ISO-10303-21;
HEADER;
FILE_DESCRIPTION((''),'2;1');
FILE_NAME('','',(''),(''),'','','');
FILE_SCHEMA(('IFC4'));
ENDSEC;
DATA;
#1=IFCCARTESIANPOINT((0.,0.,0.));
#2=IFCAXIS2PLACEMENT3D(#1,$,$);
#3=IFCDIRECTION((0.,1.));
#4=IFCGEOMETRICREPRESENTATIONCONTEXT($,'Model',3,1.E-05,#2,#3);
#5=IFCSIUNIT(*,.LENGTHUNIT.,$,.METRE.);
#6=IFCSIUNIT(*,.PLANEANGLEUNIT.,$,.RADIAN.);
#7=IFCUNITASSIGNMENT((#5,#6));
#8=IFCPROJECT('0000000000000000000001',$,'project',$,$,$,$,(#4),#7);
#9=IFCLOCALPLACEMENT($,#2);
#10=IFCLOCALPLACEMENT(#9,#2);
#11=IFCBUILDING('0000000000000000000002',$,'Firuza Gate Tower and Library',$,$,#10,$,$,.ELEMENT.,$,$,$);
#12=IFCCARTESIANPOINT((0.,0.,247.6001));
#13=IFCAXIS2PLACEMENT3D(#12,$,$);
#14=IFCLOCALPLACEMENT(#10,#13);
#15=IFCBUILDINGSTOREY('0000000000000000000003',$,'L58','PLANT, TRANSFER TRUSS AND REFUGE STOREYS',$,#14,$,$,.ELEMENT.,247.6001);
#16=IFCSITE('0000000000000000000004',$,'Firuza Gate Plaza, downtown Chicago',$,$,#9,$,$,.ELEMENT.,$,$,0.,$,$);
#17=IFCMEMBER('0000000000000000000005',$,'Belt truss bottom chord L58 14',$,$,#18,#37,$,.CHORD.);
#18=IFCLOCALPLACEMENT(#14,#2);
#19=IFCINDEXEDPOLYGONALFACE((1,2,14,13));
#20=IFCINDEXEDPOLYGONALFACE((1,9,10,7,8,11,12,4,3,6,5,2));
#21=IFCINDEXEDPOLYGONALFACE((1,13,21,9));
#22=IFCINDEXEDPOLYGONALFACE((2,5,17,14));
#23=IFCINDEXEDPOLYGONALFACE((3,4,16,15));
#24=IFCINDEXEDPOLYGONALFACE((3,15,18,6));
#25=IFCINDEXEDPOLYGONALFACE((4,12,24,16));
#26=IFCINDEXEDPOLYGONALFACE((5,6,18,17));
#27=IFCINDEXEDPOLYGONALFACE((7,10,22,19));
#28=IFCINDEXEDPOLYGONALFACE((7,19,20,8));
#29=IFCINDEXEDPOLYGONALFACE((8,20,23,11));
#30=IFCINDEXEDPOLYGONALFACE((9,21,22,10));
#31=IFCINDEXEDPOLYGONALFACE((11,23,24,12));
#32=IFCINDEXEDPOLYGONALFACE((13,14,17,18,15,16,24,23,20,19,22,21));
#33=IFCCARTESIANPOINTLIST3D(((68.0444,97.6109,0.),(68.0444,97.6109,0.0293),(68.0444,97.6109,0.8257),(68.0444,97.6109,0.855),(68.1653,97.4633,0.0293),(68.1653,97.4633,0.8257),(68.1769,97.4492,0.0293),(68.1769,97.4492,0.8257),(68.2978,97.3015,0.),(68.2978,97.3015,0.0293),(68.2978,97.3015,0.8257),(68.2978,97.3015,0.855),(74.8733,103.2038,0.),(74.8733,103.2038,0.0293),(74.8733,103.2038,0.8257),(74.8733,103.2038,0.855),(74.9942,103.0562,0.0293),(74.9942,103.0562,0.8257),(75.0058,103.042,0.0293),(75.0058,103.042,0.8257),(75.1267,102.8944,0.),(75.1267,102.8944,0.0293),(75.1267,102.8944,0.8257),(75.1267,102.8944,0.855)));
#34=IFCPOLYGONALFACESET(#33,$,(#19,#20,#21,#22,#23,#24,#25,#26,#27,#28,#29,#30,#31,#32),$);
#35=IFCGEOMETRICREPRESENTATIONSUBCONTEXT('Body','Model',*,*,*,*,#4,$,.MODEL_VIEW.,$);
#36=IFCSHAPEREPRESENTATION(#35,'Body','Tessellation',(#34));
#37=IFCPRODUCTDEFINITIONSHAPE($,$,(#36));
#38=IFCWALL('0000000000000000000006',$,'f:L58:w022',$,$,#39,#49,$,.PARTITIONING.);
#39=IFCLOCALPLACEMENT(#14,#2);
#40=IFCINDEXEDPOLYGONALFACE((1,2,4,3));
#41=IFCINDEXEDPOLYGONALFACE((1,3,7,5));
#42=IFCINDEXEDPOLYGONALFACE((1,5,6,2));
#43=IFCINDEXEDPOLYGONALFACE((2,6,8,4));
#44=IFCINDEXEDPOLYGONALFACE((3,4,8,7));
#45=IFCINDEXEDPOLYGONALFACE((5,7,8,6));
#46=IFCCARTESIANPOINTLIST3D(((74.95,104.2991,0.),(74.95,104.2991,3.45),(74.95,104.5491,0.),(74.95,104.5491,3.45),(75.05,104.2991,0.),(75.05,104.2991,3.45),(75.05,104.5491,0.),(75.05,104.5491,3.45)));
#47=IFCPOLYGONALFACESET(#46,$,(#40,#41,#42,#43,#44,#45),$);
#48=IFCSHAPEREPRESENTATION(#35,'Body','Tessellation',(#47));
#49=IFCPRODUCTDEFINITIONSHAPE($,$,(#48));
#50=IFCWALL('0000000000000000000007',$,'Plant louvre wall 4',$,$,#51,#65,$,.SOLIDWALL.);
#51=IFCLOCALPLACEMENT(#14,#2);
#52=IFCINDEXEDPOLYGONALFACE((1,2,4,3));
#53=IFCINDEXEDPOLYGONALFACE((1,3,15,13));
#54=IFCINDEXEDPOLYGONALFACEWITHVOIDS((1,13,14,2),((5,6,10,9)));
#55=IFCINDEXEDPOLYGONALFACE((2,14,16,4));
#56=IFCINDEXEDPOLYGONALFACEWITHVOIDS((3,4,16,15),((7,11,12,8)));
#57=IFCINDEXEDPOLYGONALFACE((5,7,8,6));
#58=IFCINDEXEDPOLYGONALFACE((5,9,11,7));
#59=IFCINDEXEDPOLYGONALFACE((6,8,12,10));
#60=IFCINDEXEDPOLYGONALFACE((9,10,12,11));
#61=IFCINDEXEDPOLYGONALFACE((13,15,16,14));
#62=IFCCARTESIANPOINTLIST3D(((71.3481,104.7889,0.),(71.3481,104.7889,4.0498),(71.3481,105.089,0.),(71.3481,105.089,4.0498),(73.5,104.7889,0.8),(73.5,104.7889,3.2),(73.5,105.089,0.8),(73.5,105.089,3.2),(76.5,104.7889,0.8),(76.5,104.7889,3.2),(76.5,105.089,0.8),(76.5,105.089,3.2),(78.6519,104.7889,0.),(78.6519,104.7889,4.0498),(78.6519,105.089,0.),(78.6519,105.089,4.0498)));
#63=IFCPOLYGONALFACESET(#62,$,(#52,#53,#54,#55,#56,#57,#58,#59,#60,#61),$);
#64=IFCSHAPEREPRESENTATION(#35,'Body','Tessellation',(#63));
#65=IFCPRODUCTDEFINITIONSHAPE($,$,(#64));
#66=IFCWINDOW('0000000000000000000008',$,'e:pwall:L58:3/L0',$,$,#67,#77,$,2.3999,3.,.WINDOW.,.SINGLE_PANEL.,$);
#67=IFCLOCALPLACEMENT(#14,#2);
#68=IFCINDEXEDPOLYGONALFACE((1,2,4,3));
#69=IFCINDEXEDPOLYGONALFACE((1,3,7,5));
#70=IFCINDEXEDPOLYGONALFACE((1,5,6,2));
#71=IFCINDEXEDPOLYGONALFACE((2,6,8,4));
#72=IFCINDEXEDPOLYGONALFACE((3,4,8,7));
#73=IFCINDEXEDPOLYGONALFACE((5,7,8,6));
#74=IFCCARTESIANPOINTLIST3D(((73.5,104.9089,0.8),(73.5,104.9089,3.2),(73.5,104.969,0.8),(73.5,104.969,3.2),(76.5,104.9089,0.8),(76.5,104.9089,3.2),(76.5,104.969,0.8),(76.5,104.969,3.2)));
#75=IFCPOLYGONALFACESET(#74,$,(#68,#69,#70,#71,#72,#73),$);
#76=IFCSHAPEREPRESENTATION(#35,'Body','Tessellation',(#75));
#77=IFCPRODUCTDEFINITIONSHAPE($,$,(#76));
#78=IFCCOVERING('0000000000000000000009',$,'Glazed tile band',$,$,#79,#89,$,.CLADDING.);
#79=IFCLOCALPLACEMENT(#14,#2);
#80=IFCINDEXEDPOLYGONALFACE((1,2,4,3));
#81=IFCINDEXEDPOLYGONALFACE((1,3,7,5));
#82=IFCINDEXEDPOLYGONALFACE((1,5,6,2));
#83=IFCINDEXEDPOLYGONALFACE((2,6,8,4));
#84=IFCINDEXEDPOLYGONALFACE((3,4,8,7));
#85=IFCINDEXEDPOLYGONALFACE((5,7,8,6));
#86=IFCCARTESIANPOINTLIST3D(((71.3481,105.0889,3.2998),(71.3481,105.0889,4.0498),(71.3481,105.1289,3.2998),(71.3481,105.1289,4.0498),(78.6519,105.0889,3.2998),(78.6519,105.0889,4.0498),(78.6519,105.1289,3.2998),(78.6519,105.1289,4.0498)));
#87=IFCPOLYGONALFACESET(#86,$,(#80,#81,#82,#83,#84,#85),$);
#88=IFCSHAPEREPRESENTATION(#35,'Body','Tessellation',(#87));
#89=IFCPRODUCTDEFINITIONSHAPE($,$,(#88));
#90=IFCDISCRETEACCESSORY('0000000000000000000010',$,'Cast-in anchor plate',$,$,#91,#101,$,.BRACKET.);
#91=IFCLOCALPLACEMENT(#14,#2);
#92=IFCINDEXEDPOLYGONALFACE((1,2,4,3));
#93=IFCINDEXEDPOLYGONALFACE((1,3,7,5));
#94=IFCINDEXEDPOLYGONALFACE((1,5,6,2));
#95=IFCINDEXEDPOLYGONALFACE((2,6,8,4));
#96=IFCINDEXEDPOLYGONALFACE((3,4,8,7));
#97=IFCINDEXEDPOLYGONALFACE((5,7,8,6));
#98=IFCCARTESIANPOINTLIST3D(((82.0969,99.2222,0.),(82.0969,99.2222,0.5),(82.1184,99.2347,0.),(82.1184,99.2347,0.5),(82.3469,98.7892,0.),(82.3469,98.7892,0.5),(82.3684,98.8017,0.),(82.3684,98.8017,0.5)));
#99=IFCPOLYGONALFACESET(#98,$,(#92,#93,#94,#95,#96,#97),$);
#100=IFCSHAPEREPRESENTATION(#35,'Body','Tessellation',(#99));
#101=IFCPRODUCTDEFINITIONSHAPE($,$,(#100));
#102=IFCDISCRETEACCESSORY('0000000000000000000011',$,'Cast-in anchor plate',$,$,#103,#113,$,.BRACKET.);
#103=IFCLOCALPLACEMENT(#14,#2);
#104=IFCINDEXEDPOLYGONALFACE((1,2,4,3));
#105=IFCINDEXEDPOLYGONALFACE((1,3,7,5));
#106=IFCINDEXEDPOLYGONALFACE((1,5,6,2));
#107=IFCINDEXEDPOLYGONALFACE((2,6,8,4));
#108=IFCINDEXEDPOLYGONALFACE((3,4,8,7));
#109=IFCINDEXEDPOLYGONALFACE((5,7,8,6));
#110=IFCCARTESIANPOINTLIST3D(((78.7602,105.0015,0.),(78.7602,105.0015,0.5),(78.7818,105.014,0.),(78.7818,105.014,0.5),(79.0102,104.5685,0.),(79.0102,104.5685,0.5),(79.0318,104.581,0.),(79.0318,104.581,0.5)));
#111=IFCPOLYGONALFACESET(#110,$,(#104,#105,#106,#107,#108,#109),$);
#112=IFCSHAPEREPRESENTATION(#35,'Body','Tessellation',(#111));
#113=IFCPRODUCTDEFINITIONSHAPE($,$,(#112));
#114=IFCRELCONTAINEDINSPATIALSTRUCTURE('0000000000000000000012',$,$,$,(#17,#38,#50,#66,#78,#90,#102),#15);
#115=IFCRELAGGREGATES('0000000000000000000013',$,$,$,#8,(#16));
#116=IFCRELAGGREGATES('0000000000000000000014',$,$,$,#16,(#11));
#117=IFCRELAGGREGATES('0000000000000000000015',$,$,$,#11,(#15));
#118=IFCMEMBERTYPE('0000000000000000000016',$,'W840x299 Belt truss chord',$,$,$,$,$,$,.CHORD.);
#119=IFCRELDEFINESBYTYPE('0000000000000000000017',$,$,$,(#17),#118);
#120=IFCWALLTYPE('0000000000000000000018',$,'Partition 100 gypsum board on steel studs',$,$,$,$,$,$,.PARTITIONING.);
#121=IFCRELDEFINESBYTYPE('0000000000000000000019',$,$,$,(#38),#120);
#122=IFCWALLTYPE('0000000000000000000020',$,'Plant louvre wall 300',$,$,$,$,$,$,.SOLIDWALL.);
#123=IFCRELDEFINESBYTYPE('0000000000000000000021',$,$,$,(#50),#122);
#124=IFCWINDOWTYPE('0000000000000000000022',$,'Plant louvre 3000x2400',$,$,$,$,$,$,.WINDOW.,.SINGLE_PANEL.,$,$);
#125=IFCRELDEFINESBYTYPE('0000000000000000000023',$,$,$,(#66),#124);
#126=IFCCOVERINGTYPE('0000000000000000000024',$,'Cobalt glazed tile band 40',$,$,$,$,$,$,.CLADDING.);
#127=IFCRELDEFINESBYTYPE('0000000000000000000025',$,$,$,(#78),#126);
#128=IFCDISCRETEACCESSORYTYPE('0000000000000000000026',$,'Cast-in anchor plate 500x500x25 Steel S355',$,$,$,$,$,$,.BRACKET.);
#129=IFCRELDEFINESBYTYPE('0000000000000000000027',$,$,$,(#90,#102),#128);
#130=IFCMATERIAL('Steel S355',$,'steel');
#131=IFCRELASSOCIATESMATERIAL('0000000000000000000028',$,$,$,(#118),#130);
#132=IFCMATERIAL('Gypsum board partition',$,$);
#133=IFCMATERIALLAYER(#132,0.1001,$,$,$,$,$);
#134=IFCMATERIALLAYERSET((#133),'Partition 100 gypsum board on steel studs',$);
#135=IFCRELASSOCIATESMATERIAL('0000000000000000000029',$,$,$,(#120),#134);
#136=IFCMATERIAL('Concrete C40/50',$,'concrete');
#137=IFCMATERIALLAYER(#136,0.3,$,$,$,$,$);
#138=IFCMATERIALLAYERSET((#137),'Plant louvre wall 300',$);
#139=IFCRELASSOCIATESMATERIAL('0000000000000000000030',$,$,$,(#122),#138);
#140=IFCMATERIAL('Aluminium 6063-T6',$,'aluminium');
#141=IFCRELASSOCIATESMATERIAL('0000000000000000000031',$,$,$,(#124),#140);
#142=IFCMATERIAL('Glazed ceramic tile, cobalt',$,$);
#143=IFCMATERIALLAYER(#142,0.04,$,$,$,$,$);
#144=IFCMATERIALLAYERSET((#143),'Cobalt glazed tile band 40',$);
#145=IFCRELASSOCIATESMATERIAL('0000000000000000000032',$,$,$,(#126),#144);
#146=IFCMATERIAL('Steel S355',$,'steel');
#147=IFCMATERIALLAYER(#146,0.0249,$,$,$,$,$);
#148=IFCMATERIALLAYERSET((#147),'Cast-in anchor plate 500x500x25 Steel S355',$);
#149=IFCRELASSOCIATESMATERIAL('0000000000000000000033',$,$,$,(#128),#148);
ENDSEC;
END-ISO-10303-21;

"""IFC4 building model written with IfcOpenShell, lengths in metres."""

from ifc_helpers import new_model, si_unit, direction, frame, frame_2d, origin, origin_2d, place, context, subcontext, project, spatial, polyline, rectangle, i_section, outline, extrude, material, layer, layer_set, material_profile, profile_set, type_object, element, fill, save


model = new_model("IFC4")

# Units and contexts
model_context = context("Model", 3, precision=1e-05, world=origin(), true_north=direction((0.0, 1.0)))
body_context = subcontext(model_context, "Body", "Model", "MODEL_VIEW")
ifc_project = project(units=[si_unit("LENGTHUNIT", "METRE"), si_unit("PLANEANGLEUNIT", "RADIAN")], contexts=[model_context])

# Site, building, storey
site_placement = place(None, origin())
site = spatial("IfcSite", under=ifc_project, at=site_placement, Name="Firuza Gate Plaza, downtown Chicago", CompositionType="ELEMENT", RefElevation=0.0)
building_placement = place(site_placement, origin())
building = spatial("IfcBuilding", under=site, at=building_placement, Name="Firuza Gate Tower and Library", CompositionType="ELEMENT")
storey_placement = place(building_placement, frame((0.0, 0.0, 247.6001)))
storey = spatial("IfcBuildingStorey", under=building, at=storey_placement, Name="L58", Description="PLANT, TRANSFER TRUSS AND REFUGE STOREYS", CompositionType="ELEMENT", Elevation=247.6001)

# Member
ifc_material_1 = material(Name="Steel S355", Category="steel")
ifc_material_profile_1 = material_profile(ifc_material_1, i_section(OverallWidth=0.3999, OverallDepth=0.855, WebThickness=0.0183, FlangeThickness=0.0293, at=origin_2d()))
ifc_profile_set_1 = profile_set([ifc_material_profile_1], Name="Steel S355")
member_type_1 = type_object("IfcMemberType", Name="W840x299 Belt truss chord", PredefinedType="CHORD", material=ifc_profile_set_1)
for number, where, z_axis, x_axis, name in (
    (1, (75.0, 103.0491, 0.4275), (-0.77365, -0.633613, 0.0), (0.633613, -0.77365, 0.0), "Belt truss bottom chord L58 14"),
):
    element("IfcMember", number, at=place(storey_placement, frame(where, z_axis=z_axis, x_axis=x_axis)), inside=storey, type_object=member_type_1, Name=name, PredefinedType="CHORD", context=body_context, shape_type="SweptSolid", body=[
        extrude(i_section(OverallWidth=0.3999, OverallDepth=0.855, WebThickness=0.0183, FlangeThickness=0.0293, at=origin_2d()), origin(), (0.0, 0.0, 1.0), 8.8269),
    ])

# Wall
ifc_material_2 = material(Name="Gypsum board partition")
ifc_layer_1 = layer(ifc_material_2, 0.1001)
ifc_layer_set_1 = layer_set([ifc_layer_1], Name="Partition 100 gypsum board on steel studs")
wall_type_1 = type_object("IfcWallType", Name="Partition 100 gypsum board on steel studs", PredefinedType="PARTITIONING", material=ifc_layer_set_1)
wall_1_placement = place(storey_placement, frame((75.0, 104.2991, 0.0), z_axis=(0.0, 0.0, 1.0), x_axis=(0.0, 1.0, 0.0)))
element("IfcWall", 2, at=wall_1_placement, inside=storey, type_object=wall_type_1, Name="f:L58:w022", PredefinedType="PARTITIONING", context=body_context, shape_type="SweptSolid", body=[
    extrude(rectangle(XDim=0.25, YDim=0.1001, at=frame_2d((0.125, 0.0))), origin(), (0.0, 0.0, 1.0), 3.45),
])

# Wall, opening, window
ifc_material_3 = material(Name="Concrete C40/50", Category="concrete")
ifc_layer_2 = layer(ifc_material_3, 0.3)
ifc_layer_set_2 = layer_set([ifc_layer_2], Name="Plant louvre wall 300")
wall_type_2 = type_object("IfcWallType", Name="Plant louvre wall 300", PredefinedType="SOLIDWALL", material=ifc_layer_set_2)
wall_2_placement = place(storey_placement, frame((78.6519, 104.939, 0.0), z_axis=(0.0, 0.0, 1.0), x_axis=(-1.0, 0.0, 0.0)))
wall_2 = element("IfcWall", 3, at=wall_2_placement, inside=storey, type_object=wall_type_2, Name="Plant louvre wall 4", PredefinedType="SOLIDWALL", context=body_context, shape_type="SweptSolid", body=[
    extrude(rectangle(XDim=7.3037, YDim=0.3, at=frame_2d((3.6519, 0.0))), origin(), (0.0, 0.0, 1.0), 4.0498),
])
opening_placement = place(wall_2_placement, frame((2.1519, 0.0, 0.8)))
opening = element("IfcOpeningElement", 4, at=opening_placement, cuts=wall_2, PredefinedType="OPENING", context=body_context, shape_type="SweptSolid", body=[
    extrude(rectangle(XDim=3.0, YDim=2.3999, at=frame_2d((1.5, 1.2))), frame((0.0, 0.1602, 0.0), z_axis=(0.0, -1.0, 0.0), x_axis=(1.0, 0.0, 0.0)), (0.0, 0.0, 1.0), 0.3201),
])
ifc_material_4 = material(Name="Aluminium 6063-T6", Category="aluminium")
window_type = type_object("IfcWindowType", Name="Plant louvre 3000x2400", PartitioningType="SINGLE_PANEL", PredefinedType="WINDOW", material=ifc_material_4)
window_placement = place(opening_placement, origin())
window = element("IfcWindow", 5, at=window_placement, inside=storey, type_object=window_type, Name="e:pwall:L58:3/L0", OverallHeight=2.3999, OverallWidth=3.0, PartitioningType="SINGLE_PANEL", PredefinedType="WINDOW", context=body_context, shape_type="SweptSolid", body=[
    extrude(rectangle(XDim=3.0, YDim=2.3999, at=frame_2d((1.5, 1.2))), frame((0.0, 0.03, 0.0), z_axis=(0.0, -1.0, 0.0), x_axis=(1.0, 0.0, 0.0)), (0.0, 0.0, 1.0), 0.0601),
])
fill(opening, window)

# Covering
ifc_material_5 = material(Name="Glazed ceramic tile, cobalt")
ifc_layer_3 = layer(ifc_material_5, 0.04)
ifc_layer_set_3 = layer_set([ifc_layer_3], Name="Cobalt glazed tile band 40")
covering_type = type_object("IfcCoveringType", Name="Cobalt glazed tile band 40", PredefinedType="CLADDING", material=ifc_layer_set_3)
covering_placement = place(storey_placement, frame((78.6519, 105.1289, 3.2998), z_axis=(0.0, 1.0, 0.0), x_axis=(-1.0, 0.0, 0.0)))
element("IfcCovering", 6, at=covering_placement, inside=storey, type_object=covering_type, Name="Glazed tile band", PredefinedType="CLADDING", context=body_context, shape_type="SweptSolid", body=[
    extrude(outline(polyline([(0.0, 0.0), (7.3037, 0.0), (7.3037, 0.75), (0.0, 0.75), (0.0, 0.0)])), origin(), (0.0, 0.0, -1.0), 0.04),
])

# Discrete accessories
ifc_material_6 = material(Name="Steel S355", Category="steel")
ifc_layer_4 = layer(ifc_material_6, 0.0249)
ifc_layer_set_4 = layer_set([ifc_layer_4], Name="Cast-in anchor plate 500x500x25 Steel S355")
discrete_accessory_type = type_object("IfcDiscreteAccessoryType", Name="Cast-in anchor plate 500x500x25 Steel S355", PredefinedType="BRACKET", material=ifc_layer_set_4)
for number, where, z_axis, x_axis, name in (
    (7, (82.2327, 99.012, 0.0), (0.0, 0.0, 1.0), (-0.5, 0.866025, 0.0), "Cast-in anchor plate"),
    (8, (78.896, 104.7913, 0.0), (0.0, 0.0, 1.0), (-0.5, 0.866025, 0.0), "Cast-in anchor plate"),
):
    element("IfcDiscreteAccessory", number, at=place(storey_placement, frame(where, z_axis=z_axis, x_axis=x_axis)), inside=storey, type_object=discrete_accessory_type, Name=name, PredefinedType="BRACKET", context=body_context, shape_type="SweptSolid", body=[
        extrude(rectangle(XDim=0.5, YDim=0.0249, at=origin_2d()), origin(), (0.0, 0.0, 1.0), 0.5),
    ])

save(model, "model.ifc")
